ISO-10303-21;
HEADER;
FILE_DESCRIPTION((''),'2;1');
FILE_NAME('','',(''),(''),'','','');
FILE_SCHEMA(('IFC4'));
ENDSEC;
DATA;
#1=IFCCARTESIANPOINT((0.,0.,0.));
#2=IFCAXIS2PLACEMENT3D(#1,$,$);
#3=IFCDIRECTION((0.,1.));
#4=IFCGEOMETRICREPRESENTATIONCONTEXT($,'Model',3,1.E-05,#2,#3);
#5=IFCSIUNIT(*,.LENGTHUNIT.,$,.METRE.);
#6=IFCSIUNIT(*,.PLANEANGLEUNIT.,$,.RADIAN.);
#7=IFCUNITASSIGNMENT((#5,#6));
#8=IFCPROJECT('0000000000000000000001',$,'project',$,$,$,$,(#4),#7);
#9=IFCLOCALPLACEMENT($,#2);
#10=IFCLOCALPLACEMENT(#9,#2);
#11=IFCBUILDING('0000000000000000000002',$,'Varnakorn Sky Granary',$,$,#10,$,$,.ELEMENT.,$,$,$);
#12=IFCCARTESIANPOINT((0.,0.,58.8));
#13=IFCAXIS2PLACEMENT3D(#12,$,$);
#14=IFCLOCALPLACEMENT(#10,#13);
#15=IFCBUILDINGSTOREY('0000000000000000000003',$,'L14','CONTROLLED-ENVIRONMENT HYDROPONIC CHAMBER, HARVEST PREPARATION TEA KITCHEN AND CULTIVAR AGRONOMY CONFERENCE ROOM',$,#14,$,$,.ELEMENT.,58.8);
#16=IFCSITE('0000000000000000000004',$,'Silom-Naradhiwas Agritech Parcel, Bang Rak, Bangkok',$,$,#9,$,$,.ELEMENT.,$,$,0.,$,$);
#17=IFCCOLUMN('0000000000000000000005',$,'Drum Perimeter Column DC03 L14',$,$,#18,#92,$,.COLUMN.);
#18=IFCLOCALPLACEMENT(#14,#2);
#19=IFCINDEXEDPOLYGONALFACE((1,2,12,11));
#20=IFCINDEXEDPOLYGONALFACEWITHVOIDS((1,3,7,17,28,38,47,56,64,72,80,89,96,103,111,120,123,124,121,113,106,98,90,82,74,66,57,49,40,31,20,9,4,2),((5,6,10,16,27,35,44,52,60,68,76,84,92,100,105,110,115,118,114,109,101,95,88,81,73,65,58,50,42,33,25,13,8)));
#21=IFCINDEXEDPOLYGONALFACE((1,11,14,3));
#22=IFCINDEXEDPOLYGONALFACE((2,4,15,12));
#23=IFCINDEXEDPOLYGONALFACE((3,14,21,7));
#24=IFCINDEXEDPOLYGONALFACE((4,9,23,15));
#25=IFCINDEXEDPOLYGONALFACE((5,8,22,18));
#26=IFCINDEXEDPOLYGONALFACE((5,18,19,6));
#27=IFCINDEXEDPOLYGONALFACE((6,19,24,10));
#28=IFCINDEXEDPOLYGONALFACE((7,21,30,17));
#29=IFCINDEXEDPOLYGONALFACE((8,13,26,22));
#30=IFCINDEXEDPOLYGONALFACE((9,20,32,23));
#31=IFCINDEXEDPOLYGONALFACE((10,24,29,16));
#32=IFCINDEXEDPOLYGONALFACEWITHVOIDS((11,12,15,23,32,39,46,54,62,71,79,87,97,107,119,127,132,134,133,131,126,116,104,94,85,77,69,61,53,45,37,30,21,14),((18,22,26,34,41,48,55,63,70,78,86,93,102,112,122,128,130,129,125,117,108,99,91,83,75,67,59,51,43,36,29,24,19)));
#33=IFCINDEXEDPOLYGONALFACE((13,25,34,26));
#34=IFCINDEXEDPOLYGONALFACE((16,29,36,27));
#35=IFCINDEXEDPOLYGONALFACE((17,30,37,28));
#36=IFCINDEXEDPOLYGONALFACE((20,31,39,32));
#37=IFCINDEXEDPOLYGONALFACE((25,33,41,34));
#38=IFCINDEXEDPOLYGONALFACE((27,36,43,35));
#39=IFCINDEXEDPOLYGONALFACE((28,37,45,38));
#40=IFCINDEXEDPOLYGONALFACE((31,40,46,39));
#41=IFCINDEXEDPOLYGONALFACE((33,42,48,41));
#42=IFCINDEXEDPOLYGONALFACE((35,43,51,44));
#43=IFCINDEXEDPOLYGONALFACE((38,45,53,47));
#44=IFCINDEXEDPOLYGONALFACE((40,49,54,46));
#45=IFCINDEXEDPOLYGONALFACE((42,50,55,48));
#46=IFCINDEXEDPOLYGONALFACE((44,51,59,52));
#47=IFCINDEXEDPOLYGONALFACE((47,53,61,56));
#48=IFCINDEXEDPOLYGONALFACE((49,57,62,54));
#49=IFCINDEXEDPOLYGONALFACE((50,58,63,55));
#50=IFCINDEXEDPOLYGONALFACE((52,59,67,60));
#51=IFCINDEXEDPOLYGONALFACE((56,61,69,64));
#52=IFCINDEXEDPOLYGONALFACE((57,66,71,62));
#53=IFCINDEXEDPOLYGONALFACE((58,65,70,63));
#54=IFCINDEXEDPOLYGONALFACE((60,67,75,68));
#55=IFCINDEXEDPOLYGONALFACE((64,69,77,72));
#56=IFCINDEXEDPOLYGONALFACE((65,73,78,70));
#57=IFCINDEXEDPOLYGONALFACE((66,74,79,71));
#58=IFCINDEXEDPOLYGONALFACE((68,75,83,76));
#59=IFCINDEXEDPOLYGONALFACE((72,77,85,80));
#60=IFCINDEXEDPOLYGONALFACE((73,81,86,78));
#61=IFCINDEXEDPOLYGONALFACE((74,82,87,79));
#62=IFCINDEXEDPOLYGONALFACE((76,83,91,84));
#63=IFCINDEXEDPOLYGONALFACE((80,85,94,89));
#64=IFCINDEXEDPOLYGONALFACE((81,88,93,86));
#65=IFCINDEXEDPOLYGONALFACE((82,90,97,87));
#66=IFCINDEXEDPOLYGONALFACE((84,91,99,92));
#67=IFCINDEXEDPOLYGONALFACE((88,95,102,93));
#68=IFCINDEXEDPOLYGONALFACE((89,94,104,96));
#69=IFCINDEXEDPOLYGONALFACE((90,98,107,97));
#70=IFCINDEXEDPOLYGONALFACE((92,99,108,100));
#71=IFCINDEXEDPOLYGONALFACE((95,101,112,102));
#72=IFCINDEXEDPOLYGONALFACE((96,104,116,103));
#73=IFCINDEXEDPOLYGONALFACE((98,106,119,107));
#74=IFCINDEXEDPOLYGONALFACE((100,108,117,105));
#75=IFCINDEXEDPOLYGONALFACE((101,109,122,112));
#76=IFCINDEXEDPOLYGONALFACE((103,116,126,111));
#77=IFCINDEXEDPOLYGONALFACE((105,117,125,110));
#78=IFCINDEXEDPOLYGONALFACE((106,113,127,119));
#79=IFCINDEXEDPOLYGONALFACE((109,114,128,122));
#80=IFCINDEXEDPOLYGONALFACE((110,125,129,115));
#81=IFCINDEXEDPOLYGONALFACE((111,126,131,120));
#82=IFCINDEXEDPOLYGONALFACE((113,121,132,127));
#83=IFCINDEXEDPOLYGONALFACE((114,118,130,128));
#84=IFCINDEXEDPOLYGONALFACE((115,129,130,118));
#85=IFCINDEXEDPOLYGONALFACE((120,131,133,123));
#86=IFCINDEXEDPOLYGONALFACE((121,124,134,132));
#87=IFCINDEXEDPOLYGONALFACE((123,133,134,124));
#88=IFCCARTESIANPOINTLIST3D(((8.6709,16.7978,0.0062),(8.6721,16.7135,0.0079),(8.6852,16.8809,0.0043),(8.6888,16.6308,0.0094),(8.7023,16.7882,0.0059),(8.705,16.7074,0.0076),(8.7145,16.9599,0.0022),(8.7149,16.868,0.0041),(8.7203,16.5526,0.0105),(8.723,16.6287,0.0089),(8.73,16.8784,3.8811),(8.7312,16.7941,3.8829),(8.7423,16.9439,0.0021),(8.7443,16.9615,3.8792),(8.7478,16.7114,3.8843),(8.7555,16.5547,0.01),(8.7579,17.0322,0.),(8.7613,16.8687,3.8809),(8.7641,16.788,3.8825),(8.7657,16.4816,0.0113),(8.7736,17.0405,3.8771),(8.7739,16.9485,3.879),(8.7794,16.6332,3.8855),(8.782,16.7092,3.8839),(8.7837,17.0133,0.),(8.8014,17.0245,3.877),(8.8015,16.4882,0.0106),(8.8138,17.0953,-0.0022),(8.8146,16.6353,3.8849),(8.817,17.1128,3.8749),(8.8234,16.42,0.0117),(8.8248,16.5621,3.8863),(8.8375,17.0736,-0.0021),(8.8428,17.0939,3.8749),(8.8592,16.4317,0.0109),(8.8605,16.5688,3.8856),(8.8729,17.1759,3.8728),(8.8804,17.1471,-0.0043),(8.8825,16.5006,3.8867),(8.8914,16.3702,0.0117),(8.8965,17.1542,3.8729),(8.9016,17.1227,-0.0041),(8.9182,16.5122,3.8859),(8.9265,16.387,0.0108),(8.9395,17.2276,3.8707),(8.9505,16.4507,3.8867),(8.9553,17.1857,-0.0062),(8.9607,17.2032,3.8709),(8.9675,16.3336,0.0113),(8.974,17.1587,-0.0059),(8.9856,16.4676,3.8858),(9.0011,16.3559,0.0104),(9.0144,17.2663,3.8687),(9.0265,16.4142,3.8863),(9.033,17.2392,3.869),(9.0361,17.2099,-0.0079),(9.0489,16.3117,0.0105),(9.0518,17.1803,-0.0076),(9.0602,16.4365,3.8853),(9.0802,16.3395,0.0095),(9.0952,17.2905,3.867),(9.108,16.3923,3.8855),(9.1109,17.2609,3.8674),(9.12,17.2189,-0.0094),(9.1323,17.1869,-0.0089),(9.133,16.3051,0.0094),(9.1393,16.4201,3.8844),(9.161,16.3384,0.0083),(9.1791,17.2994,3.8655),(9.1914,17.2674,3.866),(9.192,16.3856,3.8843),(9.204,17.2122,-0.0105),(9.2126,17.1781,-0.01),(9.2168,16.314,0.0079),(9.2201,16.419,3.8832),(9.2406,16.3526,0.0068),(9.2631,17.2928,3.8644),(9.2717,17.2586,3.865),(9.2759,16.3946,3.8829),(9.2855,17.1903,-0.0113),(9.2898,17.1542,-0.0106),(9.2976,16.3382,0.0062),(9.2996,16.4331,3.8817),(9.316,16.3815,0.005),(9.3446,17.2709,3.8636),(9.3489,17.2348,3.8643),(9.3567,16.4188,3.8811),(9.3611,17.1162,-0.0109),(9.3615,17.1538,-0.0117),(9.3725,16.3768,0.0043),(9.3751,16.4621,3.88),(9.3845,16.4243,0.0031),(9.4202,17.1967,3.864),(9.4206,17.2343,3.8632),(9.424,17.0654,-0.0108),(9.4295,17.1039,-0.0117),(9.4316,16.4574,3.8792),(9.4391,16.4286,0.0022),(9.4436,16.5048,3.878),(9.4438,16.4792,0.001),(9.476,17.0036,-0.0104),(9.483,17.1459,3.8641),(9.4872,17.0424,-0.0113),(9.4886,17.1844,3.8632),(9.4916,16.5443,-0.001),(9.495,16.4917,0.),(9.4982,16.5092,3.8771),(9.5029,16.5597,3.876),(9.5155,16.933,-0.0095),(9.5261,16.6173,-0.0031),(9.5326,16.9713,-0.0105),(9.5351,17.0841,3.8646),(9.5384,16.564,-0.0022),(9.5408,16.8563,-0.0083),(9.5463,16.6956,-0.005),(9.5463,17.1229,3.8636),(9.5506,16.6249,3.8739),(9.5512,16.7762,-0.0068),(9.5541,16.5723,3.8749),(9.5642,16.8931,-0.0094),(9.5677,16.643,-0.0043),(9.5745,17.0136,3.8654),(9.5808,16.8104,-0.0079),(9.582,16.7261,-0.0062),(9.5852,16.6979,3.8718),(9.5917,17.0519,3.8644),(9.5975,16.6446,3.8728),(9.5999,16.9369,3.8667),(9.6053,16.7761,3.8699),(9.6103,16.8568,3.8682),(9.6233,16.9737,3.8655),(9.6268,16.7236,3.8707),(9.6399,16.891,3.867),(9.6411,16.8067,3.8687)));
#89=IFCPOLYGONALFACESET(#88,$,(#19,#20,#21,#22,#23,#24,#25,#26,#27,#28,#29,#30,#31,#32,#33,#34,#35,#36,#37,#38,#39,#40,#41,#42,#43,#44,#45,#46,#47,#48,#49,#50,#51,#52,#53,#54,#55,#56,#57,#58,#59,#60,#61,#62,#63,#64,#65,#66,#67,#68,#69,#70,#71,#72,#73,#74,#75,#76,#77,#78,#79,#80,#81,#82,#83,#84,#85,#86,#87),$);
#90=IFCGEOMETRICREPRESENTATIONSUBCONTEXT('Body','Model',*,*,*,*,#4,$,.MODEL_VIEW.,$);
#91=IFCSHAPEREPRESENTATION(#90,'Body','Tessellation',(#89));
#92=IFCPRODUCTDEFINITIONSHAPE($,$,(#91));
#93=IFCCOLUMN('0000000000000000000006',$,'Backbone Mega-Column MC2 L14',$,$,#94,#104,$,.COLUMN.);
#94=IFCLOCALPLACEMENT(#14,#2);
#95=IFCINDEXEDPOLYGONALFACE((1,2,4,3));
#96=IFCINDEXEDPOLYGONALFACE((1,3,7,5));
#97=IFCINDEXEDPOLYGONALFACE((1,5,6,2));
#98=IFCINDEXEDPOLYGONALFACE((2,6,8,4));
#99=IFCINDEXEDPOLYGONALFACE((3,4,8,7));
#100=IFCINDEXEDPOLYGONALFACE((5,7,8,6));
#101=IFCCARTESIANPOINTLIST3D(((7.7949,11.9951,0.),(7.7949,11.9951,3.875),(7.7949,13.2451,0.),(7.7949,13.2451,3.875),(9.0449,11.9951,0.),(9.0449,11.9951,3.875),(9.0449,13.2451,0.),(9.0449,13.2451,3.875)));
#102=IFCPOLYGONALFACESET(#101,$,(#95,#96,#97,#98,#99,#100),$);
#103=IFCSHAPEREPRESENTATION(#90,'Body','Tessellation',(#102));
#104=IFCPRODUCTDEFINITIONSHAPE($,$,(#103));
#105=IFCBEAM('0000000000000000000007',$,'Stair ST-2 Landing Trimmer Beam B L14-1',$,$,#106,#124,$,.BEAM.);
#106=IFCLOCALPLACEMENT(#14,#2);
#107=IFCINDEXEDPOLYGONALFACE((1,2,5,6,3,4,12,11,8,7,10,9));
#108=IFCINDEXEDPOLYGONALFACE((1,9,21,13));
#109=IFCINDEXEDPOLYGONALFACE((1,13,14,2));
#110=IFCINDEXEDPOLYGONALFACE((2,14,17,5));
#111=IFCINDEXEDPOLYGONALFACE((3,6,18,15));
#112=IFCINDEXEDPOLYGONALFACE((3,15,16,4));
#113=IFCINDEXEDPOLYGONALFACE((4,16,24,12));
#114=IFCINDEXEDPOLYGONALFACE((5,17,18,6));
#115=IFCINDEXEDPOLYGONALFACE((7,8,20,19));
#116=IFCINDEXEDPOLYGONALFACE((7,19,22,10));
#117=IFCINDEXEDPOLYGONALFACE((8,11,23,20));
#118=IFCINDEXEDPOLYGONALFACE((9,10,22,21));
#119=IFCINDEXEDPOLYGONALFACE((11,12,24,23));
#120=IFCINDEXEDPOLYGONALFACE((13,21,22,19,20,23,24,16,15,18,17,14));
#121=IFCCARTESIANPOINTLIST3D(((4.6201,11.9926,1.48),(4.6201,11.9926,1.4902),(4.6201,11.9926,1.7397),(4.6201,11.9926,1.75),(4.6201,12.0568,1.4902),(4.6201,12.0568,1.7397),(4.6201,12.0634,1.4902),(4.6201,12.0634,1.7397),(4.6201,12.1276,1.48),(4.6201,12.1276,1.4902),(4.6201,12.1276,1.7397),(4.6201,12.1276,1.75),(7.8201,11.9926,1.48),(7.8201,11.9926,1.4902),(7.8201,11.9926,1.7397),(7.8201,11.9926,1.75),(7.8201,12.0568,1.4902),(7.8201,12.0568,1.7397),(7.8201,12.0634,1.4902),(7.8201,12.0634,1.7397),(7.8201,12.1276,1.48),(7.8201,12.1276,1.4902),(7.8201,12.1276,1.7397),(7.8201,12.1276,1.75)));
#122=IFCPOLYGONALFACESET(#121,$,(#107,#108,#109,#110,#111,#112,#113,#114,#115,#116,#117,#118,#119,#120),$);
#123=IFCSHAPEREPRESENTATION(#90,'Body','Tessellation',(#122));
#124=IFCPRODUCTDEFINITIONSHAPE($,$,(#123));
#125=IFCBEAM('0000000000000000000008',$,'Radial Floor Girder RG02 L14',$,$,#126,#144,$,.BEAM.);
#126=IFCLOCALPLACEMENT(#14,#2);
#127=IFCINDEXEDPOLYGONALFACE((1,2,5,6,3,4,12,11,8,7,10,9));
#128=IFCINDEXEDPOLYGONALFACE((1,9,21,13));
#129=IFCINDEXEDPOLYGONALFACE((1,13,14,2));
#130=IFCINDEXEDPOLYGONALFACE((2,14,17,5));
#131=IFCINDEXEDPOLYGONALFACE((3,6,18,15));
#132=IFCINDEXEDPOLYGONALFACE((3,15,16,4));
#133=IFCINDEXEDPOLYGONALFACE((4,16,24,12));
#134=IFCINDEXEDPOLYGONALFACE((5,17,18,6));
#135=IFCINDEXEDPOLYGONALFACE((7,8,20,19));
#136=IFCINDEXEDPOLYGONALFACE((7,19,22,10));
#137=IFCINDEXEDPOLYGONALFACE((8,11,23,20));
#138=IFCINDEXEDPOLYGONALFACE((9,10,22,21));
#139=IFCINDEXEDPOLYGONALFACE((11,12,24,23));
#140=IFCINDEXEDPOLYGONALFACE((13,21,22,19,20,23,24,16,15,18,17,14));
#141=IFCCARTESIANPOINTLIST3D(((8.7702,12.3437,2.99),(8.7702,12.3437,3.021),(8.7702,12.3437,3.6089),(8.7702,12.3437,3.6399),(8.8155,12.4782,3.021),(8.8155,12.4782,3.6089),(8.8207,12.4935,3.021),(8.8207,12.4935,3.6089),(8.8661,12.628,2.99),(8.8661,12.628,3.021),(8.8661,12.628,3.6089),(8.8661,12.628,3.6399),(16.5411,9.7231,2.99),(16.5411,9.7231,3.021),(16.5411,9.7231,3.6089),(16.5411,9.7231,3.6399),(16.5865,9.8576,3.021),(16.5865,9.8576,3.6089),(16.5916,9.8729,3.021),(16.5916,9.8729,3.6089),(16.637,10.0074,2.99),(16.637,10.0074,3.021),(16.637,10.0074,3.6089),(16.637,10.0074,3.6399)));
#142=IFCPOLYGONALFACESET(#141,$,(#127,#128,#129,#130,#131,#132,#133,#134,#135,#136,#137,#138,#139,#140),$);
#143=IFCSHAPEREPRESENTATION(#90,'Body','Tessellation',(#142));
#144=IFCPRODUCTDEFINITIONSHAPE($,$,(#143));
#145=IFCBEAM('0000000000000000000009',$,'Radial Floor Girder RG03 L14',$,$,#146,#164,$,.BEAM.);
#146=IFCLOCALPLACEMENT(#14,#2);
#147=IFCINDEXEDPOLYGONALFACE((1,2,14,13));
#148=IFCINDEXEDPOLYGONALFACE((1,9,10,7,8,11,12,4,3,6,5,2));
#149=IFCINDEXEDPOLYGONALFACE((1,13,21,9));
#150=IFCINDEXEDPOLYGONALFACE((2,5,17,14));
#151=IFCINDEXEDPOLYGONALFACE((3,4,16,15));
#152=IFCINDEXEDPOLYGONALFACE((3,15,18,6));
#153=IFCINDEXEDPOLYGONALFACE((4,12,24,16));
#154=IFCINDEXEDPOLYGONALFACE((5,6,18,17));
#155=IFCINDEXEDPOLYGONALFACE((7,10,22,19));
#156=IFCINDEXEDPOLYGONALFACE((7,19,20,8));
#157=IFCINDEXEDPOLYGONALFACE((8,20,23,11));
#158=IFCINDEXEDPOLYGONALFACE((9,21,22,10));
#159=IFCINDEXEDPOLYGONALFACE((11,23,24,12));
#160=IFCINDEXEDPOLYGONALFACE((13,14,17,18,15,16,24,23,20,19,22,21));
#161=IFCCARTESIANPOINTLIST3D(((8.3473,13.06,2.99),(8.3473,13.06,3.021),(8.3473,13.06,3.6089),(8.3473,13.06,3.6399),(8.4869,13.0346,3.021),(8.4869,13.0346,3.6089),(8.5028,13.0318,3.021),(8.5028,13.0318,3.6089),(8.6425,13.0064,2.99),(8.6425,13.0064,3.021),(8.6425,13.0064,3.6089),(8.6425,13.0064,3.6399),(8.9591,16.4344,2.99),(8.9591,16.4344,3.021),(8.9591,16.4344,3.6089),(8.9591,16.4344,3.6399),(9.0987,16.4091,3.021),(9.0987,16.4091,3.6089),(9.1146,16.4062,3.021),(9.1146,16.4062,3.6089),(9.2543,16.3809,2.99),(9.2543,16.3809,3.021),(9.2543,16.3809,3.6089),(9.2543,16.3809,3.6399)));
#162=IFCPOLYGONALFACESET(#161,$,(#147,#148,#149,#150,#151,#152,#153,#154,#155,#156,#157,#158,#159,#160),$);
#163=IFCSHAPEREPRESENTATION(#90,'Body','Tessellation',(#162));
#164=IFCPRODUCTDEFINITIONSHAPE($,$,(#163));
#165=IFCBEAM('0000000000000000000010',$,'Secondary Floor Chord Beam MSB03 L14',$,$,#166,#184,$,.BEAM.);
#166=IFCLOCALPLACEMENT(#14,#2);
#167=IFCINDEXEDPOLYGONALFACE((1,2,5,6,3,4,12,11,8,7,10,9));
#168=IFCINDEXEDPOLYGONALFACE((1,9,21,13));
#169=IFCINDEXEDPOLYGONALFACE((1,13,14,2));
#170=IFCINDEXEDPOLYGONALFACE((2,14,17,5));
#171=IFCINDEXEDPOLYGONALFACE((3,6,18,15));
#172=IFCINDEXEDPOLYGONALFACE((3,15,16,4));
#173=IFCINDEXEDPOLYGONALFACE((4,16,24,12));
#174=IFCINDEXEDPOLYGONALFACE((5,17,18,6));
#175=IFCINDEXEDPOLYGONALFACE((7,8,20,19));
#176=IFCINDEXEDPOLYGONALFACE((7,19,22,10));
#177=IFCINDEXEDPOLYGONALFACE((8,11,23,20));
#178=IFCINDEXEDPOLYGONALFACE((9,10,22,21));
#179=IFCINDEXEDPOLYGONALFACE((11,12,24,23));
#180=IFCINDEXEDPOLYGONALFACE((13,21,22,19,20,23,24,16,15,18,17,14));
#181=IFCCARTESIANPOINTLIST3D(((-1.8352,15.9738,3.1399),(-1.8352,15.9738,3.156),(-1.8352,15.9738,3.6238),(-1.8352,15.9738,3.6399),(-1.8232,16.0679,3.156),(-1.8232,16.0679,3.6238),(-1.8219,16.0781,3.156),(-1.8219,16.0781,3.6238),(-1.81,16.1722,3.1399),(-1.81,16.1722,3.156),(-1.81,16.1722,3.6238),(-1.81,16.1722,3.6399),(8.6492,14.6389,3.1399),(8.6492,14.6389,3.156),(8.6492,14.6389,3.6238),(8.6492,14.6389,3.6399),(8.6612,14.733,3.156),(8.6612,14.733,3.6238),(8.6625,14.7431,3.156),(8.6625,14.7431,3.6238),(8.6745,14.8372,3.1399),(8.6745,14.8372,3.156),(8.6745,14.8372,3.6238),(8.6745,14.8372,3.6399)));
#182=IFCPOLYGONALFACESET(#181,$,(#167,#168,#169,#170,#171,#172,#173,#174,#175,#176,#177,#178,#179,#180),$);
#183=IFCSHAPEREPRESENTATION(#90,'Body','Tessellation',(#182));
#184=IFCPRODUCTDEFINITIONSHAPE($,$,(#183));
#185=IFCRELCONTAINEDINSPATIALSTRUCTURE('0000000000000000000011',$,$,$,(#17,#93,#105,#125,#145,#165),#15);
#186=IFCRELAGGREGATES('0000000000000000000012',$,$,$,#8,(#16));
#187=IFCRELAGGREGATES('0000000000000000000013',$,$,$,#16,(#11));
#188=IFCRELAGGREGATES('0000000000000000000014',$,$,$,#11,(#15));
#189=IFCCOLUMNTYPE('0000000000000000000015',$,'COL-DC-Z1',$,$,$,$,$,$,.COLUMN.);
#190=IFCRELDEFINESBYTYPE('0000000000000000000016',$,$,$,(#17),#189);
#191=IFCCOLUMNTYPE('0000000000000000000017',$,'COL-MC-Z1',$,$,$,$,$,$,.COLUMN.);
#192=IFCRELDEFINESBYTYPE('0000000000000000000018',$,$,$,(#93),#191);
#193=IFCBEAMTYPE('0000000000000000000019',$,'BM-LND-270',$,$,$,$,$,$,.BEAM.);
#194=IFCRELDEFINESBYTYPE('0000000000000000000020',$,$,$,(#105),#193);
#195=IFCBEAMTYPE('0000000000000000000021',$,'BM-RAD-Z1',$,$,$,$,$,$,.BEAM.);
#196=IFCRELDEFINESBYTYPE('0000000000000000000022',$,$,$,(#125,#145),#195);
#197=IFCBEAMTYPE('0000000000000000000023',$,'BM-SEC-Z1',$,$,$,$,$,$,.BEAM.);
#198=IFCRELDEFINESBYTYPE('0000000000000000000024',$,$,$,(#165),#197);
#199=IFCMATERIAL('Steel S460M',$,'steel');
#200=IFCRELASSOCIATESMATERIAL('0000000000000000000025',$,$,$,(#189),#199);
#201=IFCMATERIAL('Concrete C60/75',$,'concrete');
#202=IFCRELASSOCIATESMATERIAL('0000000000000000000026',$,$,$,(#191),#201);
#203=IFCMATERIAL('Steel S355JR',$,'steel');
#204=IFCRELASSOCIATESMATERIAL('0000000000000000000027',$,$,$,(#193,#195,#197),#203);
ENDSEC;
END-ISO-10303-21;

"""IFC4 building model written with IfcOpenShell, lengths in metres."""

from ifc_helpers import new_model, si_unit, direction, frame, origin, origin_2d, place, context, subcontext, project, spatial, rectangle, hollow_circle, i_section, extrude, material, material_profile, profile_set, type_object, element, save


model = new_model("IFC4")

# Units and contexts
model_context = context("Model", 3, precision=1e-05, world=origin(), true_north=direction((0.0, 1.0)))
body_context = subcontext(model_context, "Body", "Model", "MODEL_VIEW")
ifc_project = project(units=[si_unit("LENGTHUNIT", "METRE"), si_unit("PLANEANGLEUNIT", "RADIAN")], contexts=[model_context])

# Site, building, storey
site_placement = place(None, origin())
site = spatial("IfcSite", under=ifc_project, at=site_placement, Name="Silom-Naradhiwas Agritech Parcel, Bang Rak, Bangkok", CompositionType="ELEMENT", RefElevation=0.0)
building_placement = place(site_placement, origin())
building = spatial("IfcBuilding", under=site, at=building_placement, Name="Varnakorn Sky Granary", CompositionType="ELEMENT")
storey_placement = place(building_placement, frame((0.0, 0.0, 58.8)))
storey = spatial("IfcBuildingStorey", under=building, at=storey_placement, Name="L14", Description="CONTROLLED-ENVIRONMENT HYDROPONIC CHAMBER, HARVEST PREPARATION TEA KITCHEN AND CULTIVAR AGRONOMY CONFERENCE ROOM", CompositionType="ELEMENT", Elevation=58.8)

# Columns
ifc_material_1 = material(Name="Steel S460M", Category="steel")
ifc_material_profile_1 = material_profile(ifc_material_1, hollow_circle(Radius=0.457, WallThickness=0.032, at=origin_2d()), Name="CHS 914x32")
ifc_profile_set_1 = profile_set([ifc_material_profile_1], Name="Steel S460M")
column_type_1 = type_object("IfcColumnType", Name="COL-DC-Z1", PredefinedType="COLUMN", material=ifc_profile_set_1)
column_1_placement = place(storey_placement, frame((9.1265, 16.762, 0.0), z_axis=(0.015242, 0.020784, 0.999668), x_axis=(-0.806405, 0.591364, 0.0)))
element("IfcColumn", 1, at=column_1_placement, inside=storey, type_object=column_type_1, Name="Drum Perimeter Column DC03 L14", PredefinedType="COLUMN", context=body_context, shape_type="SweptSolid", body=[
    extrude(hollow_circle(Radius=0.457, WallThickness=0.032, at=origin_2d()), origin(), (0.0, 0.0, 1.0), 3.8762),
])
ifc_material_2 = material(Name="Concrete C60/75", Category="concrete")
ifc_material_profile_2 = material_profile(ifc_material_2, rectangle(XDim=1.25, YDim=1.25, at=origin_2d()), Name="RC 1250x1250")
ifc_profile_set_2 = profile_set([ifc_material_profile_2], Name="Concrete C60/75")
column_type_2 = type_object("IfcColumnType", Name="COL-MC-Z1", PredefinedType="COLUMN", material=ifc_profile_set_2)
column_2_placement = place(storey_placement, frame((8.4199, 12.6201, 0.0), z_axis=(0.0, 0.0, 1.0), x_axis=(1.0, 0.0, 0.0)))
element("IfcColumn", 2, at=column_2_placement, inside=storey, type_object=column_type_2, Name="Backbone Mega-Column MC2 L14", PredefinedType="COLUMN", context=body_context, shape_type="SweptSolid", body=[
    extrude(rectangle(XDim=1.25, YDim=1.25, at=origin_2d()), origin(), (0.0, 0.0, 1.0), 3.875),
])

# Beams
ifc_material_3 = material(Name="Steel S355JR", Category="steel")
ifc_material_profile_3 = material_profile(ifc_material_3, i_section(OverallWidth=0.135, OverallDepth=0.27, WebThickness=0.0066, FlangeThickness=0.0103, at=origin_2d()), Name="IPE 270")
ifc_profile_set_3 = profile_set([ifc_material_profile_3], Name="Steel S355JR")
beam_type_1 = type_object("IfcBeamType", Name="BM-LND-270", PredefinedType="BEAM", material=ifc_profile_set_3)
beam_1_placement = place(storey_placement, frame((4.6201, 12.0601, 1.615), z_axis=(1.0, 0.0, 0.0), x_axis=(0.0, 1.0, 0.0)))
element("IfcBeam", 3, at=beam_1_placement, inside=storey, type_object=beam_type_1, Name="Stair ST-2 Landing Trimmer Beam B L14-1", PredefinedType="BEAM", context=body_context, shape_type="SweptSolid", body=[
    extrude(i_section(OverallWidth=0.135, OverallDepth=0.27, WebThickness=0.0066, FlangeThickness=0.0103, at=origin_2d()), origin(), (0.0, 0.0, 1.0), 3.2),
])
ifc_material_profile_4 = material_profile(ifc_material_3, i_section(OverallWidth=0.3, OverallDepth=0.6499, WebThickness=0.0161, FlangeThickness=0.031, at=origin_2d()), Name="HE 650 B")
ifc_profile_set_4 = profile_set([ifc_material_profile_4], Name="Steel S355JR")
beam_type_2 = type_object("IfcBeamType", Name="BM-RAD-Z1", PredefinedType="BEAM", material=ifc_profile_set_4)
beam_2_placement = place(storey_placement, frame((8.8181, 12.4858, 3.3149), z_axis=(0.94757, -0.319548, 0.0), x_axis=(0.319548, 0.94757, 0.0)))
element("IfcBeam", 4, at=beam_2_placement, inside=storey, type_object=beam_type_2, Name="Radial Floor Girder RG02 L14", PredefinedType="BEAM", context=body_context, shape_type="SweptSolid", body=[
    extrude(i_section(OverallWidth=0.3, OverallDepth=0.6499, WebThickness=0.0161, FlangeThickness=0.031, at=origin_2d()), origin(), (0.0, 0.0, 1.0), 8.2009),
])
beam_3_placement = place(storey_placement, frame((8.4949, 13.0332, 3.3149), z_axis=(0.178397, 0.983959, 0.0), x_axis=(-0.983959, 0.178397, 0.0)))
element("IfcBeam", 5, at=beam_3_placement, inside=storey, type_object=beam_type_2, Name="Radial Floor Girder RG03 L14", PredefinedType="BEAM", context=body_context, shape_type="SweptSolid", body=[
    extrude(i_section(OverallWidth=0.3, OverallDepth=0.6499, WebThickness=0.0161, FlangeThickness=0.031, at=origin_2d()), origin(), (0.0, 0.0, 1.0), 3.4294),
])
ifc_material_profile_5 = material_profile(ifc_material_3, i_section(OverallWidth=0.2, OverallDepth=0.5, WebThickness=0.0103, FlangeThickness=0.0161, at=origin_2d()), Name="IPE 500")
ifc_profile_set_5 = profile_set([ifc_material_profile_5], Name="Steel S355JR")
beam_type_3 = type_object("IfcBeamType", Name="BM-SEC-Z1", PredefinedType="BEAM", material=ifc_profile_set_5)
beam_4_placement = place(storey_placement, frame((8.6619, 14.738, 3.3899), z_axis=(-0.991991, 0.126309, 0.0), x_axis=(-0.126309, -0.991991, 0.0)))
element("IfcBeam", 6, at=beam_4_placement, inside=storey, type_object=beam_type_3, Name="Secondary Floor Chord Beam MSB03 L14", PredefinedType="BEAM", context=body_context, shape_type="SweptSolid", body=[
    extrude(i_section(OverallWidth=0.2, OverallDepth=0.5, WebThickness=0.0103, FlangeThickness=0.0161, at=origin_2d()), origin(), (0.0, 0.0, 1.0), 10.5691),
])

save(model, "model.ifc")
